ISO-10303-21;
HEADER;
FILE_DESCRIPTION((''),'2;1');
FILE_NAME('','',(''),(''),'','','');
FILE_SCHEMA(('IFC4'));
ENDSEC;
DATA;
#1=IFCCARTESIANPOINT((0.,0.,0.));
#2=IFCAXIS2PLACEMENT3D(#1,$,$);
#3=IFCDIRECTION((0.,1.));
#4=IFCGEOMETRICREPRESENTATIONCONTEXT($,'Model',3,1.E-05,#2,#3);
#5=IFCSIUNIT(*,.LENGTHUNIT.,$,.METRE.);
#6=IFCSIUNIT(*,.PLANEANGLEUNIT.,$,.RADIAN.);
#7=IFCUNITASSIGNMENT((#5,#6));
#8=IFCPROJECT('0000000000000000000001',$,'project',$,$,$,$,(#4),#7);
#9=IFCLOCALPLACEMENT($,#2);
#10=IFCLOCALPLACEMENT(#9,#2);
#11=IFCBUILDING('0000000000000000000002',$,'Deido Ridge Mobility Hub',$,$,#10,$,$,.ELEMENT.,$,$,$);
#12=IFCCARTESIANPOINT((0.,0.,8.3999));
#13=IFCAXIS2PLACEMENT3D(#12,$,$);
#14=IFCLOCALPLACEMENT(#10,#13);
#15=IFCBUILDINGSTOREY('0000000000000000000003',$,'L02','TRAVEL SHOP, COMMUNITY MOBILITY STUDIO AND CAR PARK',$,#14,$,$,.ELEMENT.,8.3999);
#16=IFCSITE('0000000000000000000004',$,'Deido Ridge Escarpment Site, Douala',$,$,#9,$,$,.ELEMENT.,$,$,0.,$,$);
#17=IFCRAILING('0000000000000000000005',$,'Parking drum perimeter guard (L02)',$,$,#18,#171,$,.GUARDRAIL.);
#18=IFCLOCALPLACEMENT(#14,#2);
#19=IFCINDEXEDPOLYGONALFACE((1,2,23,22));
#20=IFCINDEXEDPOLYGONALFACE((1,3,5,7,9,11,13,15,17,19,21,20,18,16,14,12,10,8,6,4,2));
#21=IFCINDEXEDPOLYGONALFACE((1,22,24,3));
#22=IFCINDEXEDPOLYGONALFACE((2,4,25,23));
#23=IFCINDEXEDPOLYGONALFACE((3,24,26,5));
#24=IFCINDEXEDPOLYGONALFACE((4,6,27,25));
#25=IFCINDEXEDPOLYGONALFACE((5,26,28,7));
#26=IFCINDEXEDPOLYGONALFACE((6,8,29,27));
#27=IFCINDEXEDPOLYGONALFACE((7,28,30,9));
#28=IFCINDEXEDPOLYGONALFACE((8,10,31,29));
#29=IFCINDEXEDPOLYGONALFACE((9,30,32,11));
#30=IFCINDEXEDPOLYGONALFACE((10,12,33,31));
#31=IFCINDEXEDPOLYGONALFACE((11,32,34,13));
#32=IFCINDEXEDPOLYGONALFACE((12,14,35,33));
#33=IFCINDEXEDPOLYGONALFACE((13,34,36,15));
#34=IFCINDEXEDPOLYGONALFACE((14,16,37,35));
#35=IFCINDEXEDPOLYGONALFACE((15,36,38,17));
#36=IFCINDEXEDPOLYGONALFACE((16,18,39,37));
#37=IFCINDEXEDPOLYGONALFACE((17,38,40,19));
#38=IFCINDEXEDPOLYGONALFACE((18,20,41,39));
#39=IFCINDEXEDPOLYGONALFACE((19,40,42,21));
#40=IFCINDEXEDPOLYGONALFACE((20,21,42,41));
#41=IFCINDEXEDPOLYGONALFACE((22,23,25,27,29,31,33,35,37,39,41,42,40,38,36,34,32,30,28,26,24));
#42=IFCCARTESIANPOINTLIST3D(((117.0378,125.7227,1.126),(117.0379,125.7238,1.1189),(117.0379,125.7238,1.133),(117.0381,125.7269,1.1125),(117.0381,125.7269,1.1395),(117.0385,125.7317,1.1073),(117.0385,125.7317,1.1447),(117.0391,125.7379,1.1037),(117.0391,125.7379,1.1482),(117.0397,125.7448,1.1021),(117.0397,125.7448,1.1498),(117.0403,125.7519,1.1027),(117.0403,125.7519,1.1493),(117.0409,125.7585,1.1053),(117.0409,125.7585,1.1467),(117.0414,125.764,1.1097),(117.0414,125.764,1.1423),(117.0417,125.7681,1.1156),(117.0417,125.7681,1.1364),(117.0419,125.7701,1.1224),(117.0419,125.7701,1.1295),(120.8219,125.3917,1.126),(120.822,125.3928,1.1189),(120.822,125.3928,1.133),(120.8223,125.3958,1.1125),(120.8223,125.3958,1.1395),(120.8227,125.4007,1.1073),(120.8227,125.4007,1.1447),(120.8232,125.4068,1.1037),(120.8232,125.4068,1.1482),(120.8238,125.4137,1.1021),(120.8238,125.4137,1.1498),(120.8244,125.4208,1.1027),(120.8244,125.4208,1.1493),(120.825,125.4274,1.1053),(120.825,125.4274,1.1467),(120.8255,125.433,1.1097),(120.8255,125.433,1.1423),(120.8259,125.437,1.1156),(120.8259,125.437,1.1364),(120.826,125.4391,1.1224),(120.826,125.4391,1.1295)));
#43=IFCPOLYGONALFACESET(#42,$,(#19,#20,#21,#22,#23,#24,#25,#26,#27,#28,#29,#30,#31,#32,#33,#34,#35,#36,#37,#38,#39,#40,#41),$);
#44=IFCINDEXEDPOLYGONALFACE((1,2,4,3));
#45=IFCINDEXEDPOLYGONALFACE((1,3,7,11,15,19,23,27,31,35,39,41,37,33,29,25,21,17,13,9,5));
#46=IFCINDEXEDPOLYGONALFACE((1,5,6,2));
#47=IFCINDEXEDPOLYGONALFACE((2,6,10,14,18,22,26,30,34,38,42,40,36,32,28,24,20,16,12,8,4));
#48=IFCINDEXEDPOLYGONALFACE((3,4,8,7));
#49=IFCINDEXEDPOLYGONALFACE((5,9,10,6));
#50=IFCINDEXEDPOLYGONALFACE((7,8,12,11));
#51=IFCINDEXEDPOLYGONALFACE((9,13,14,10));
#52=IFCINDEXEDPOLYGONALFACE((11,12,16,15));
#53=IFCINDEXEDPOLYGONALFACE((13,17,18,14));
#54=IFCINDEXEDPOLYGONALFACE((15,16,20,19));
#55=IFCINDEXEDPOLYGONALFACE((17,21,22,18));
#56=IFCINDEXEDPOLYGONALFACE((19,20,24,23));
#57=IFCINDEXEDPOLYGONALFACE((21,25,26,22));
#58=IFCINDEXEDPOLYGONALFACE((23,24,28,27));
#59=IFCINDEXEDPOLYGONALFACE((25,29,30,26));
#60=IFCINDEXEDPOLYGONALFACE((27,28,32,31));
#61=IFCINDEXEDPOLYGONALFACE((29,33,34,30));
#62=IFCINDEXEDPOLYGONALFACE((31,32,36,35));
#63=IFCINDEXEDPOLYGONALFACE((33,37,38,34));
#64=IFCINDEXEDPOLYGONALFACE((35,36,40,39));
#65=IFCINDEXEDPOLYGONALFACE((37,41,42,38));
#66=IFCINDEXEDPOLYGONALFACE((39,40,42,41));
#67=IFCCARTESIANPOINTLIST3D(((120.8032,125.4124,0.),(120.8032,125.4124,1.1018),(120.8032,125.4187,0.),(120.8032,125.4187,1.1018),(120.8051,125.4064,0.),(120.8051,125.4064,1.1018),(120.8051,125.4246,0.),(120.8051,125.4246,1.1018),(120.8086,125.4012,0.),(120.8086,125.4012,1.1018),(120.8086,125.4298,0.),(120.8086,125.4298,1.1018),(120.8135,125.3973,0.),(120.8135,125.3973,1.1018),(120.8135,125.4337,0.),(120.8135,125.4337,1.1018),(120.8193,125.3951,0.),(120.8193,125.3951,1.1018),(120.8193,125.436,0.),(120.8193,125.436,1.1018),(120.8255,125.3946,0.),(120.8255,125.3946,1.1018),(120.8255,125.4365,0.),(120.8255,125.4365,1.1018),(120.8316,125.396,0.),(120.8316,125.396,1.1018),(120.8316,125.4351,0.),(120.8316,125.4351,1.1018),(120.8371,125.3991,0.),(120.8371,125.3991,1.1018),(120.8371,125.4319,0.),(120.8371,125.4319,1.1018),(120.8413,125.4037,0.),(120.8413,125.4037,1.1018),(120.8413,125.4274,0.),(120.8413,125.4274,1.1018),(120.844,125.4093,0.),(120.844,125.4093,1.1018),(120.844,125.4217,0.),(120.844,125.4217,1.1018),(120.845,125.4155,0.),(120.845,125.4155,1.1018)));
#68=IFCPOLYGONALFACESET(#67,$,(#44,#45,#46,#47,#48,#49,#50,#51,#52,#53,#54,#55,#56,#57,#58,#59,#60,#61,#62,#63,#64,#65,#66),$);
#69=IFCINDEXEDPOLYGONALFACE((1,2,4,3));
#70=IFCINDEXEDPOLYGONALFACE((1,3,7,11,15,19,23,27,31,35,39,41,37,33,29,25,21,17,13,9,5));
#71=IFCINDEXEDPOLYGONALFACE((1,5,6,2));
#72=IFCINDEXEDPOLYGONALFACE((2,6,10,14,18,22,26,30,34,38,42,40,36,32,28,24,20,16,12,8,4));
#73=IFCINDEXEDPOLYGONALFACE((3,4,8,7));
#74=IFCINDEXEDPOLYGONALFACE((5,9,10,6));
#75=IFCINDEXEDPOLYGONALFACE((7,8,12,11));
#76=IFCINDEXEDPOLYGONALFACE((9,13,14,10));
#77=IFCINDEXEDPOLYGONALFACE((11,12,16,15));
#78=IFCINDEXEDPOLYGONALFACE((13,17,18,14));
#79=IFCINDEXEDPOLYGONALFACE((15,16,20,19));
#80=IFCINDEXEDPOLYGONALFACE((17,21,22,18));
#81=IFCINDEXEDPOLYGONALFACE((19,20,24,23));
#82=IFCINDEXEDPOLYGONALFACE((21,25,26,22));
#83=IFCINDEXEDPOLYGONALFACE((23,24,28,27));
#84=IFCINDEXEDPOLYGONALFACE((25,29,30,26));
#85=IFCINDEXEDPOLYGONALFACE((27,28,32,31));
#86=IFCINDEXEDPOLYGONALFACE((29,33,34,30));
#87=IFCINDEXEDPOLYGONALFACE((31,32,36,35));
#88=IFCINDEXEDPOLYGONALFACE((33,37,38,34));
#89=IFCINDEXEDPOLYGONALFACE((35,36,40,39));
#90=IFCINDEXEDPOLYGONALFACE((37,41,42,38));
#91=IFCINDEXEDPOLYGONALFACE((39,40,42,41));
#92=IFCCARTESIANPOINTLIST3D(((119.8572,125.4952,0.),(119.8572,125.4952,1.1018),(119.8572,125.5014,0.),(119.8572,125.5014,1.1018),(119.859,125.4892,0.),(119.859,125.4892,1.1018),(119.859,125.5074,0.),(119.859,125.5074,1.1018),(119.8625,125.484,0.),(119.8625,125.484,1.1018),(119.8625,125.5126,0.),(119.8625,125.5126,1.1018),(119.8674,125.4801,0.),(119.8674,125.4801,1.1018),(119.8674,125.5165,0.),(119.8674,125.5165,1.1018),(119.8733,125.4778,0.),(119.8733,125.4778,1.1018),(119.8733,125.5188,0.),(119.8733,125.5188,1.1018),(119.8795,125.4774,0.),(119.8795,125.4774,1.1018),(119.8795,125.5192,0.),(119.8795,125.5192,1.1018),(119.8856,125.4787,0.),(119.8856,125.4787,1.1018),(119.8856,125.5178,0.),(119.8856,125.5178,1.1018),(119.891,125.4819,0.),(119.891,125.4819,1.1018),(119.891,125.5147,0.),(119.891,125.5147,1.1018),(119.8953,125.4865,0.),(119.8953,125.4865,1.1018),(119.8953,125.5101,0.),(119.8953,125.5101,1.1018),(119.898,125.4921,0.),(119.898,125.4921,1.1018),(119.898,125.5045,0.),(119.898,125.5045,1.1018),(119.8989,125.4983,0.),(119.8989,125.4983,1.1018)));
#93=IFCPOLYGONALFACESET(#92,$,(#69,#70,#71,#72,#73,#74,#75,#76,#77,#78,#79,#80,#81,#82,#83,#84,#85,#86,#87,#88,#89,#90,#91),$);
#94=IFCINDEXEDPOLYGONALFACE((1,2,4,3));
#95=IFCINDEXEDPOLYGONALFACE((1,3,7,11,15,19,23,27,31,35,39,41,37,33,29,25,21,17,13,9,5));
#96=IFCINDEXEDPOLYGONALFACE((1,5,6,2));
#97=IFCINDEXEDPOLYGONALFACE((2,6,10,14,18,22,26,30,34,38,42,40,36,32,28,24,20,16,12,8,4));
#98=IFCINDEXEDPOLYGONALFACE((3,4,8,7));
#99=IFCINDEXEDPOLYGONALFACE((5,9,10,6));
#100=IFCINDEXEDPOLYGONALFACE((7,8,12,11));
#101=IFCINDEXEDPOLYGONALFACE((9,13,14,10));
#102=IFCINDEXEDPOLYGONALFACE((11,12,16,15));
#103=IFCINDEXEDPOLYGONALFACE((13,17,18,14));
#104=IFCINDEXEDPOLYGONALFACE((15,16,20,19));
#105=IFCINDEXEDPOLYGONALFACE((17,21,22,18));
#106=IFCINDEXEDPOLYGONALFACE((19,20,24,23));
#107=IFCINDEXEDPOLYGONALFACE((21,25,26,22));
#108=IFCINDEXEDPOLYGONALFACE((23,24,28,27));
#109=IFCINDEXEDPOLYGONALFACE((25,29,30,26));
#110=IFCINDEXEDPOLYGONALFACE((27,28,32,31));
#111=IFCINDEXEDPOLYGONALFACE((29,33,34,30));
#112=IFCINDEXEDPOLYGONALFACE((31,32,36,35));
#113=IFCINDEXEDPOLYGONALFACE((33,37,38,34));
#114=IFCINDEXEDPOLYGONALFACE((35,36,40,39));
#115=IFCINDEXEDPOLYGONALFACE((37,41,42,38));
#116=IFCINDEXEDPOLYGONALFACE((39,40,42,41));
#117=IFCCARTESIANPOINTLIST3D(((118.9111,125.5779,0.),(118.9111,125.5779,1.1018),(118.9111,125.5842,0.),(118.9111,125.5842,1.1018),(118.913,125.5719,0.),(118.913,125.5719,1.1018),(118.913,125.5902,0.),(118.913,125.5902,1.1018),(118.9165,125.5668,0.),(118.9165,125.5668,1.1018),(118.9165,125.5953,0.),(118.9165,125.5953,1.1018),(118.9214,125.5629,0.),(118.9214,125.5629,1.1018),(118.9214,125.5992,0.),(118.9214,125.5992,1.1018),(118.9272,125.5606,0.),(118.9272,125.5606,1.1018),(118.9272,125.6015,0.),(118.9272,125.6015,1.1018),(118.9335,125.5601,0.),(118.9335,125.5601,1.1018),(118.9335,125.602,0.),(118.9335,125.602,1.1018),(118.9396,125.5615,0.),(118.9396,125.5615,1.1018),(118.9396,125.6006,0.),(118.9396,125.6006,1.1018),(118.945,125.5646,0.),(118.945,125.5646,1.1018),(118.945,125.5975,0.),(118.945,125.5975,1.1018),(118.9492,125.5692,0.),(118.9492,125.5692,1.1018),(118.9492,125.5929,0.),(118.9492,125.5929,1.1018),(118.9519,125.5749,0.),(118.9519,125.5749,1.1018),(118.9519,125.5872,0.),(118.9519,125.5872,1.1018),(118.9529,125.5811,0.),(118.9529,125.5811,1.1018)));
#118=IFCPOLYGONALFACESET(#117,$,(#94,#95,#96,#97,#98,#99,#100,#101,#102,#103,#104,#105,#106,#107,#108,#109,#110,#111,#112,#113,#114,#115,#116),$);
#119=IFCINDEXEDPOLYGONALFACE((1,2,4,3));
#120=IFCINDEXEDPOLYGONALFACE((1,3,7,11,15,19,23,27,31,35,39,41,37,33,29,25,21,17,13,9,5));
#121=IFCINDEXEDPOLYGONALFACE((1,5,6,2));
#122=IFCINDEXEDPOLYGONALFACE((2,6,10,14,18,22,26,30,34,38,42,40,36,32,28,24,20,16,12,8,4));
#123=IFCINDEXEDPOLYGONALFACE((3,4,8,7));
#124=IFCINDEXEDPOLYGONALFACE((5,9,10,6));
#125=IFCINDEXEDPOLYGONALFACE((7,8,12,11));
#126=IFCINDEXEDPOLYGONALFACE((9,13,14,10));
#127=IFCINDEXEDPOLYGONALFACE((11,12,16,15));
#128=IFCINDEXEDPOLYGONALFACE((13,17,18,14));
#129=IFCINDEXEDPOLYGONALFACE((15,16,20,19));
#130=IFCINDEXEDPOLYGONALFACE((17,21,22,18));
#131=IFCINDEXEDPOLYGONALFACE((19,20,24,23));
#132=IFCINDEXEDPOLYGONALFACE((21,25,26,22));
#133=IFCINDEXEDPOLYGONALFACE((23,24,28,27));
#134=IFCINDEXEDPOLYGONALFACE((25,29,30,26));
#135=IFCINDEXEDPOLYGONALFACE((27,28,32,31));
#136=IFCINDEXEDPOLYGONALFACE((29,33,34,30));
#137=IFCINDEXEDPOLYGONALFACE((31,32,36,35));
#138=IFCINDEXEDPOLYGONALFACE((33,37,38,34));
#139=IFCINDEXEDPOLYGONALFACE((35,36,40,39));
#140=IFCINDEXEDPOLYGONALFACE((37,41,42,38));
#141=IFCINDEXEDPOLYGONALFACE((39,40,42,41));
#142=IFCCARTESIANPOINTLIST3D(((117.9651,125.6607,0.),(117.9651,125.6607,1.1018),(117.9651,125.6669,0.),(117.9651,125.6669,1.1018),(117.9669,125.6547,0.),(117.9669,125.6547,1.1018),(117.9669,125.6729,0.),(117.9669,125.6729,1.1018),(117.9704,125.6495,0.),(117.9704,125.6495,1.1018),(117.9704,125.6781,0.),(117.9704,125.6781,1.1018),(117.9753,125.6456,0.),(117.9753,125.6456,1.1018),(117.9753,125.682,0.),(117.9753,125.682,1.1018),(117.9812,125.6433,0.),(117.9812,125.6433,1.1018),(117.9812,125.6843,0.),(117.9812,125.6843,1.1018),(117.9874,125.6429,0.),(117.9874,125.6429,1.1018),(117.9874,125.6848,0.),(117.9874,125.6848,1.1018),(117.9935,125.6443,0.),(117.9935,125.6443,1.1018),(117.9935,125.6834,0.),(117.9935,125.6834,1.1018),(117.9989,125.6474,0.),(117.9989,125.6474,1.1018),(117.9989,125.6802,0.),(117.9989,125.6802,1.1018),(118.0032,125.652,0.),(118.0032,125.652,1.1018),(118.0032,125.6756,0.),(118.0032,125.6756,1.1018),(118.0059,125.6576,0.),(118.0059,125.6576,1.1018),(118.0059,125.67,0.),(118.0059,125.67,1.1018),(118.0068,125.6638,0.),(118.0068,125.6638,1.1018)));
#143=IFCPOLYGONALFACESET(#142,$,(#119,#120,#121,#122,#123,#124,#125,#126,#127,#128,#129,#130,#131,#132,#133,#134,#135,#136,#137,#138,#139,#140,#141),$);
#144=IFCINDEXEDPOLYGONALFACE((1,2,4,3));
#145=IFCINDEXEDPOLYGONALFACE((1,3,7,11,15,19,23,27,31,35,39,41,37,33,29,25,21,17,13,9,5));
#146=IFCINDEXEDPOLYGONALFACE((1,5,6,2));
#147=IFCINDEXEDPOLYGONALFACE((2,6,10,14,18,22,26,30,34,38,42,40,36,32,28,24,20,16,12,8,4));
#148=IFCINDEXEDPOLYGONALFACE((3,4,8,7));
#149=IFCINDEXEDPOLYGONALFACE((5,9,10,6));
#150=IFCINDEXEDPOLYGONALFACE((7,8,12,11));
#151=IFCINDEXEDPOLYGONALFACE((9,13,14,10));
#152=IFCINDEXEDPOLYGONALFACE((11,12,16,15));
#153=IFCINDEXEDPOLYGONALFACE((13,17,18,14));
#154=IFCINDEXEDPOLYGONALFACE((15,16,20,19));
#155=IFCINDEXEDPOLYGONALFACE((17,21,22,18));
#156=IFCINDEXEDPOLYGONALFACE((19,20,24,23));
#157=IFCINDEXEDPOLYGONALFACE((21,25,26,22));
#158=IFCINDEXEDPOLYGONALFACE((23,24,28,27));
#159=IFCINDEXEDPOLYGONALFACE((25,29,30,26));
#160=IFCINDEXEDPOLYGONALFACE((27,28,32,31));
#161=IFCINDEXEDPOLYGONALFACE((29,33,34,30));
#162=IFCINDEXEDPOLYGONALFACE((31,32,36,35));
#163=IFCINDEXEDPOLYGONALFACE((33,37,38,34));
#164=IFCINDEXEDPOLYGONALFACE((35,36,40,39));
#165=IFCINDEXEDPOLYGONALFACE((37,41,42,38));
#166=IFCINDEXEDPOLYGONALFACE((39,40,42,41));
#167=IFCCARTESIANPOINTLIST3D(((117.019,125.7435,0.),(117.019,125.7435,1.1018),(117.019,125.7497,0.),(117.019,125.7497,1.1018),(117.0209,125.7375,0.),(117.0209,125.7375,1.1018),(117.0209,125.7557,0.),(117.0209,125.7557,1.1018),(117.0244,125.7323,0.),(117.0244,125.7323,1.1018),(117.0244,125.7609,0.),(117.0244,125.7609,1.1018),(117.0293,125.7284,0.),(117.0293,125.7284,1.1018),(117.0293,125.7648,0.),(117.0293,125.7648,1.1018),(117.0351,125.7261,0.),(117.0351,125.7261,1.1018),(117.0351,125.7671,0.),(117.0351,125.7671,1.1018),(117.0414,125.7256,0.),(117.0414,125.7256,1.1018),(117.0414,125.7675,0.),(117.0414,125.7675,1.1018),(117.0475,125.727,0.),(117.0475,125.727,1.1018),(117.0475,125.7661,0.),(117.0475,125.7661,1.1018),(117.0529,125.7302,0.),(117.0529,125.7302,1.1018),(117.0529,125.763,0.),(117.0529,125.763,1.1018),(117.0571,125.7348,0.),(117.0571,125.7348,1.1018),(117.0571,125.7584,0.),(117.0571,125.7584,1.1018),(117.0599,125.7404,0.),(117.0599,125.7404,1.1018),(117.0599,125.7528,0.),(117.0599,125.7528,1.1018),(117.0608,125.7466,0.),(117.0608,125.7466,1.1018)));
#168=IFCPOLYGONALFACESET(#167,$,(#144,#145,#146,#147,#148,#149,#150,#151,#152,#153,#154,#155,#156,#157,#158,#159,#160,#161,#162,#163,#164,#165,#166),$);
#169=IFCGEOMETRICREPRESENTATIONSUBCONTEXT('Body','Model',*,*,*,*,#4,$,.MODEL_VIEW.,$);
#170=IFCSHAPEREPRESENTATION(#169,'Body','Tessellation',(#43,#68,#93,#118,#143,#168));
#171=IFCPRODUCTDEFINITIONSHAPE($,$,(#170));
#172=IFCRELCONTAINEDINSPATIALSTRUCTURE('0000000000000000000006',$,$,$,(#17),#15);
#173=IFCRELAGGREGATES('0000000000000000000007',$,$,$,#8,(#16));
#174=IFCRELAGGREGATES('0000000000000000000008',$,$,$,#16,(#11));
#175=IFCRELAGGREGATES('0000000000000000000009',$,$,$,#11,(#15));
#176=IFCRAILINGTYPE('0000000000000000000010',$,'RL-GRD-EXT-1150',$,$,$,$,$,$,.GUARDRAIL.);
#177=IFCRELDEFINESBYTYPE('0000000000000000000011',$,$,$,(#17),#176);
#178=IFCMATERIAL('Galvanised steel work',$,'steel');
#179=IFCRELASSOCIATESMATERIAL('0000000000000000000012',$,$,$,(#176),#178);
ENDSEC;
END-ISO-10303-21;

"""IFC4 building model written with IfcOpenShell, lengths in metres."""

from ifc_helpers import new_model, si_unit, direction, frame, origin, origin_2d, place, context, subcontext, project, spatial, circle, extrude, material, type_object, element, save


model = new_model("IFC4")

# Units and contexts
model_context = context("Model", 3, precision=1e-05, world=origin(), true_north=direction((0.0, 1.0)))
body_context = subcontext(model_context, "Body", "Model", "MODEL_VIEW")
ifc_project = project(units=[si_unit("LENGTHUNIT", "METRE"), si_unit("PLANEANGLEUNIT", "RADIAN")], contexts=[model_context])

# Site, building, storey
site_placement = place(None, origin())
site = spatial("IfcSite", under=ifc_project, at=site_placement, Name="Deido Ridge Escarpment Site, Douala", CompositionType="ELEMENT", RefElevation=0.0)
building_placement = place(site_placement, origin())
building = spatial("IfcBuilding", under=site, at=building_placement, Name="Deido Ridge Mobility Hub", CompositionType="ELEMENT")
storey_placement = place(building_placement, frame((0.0, 0.0, 8.3999)))
storey = spatial("IfcBuildingStorey", under=building, at=storey_placement, Name="L02", Description="TRAVEL SHOP, COMMUNITY MOBILITY STUDIO AND CAR PARK", CompositionType="ELEMENT", Elevation=8.3999)

# Railing
ifc_material_1 = material(Name="Galvanised steel work", Category="steel")
railing_type = type_object("IfcRailingType", Name="RL-GRD-EXT-1150", PredefinedType="GUARDRAIL", material=ifc_material_1)
railing_1_placement = place(storey_placement, frame((120.824, 125.4155, 0.0)))
element("IfcRailing", 1, at=railing_1_placement, inside=storey, type_object=railing_type, Name="Parking drum perimeter guard (L02)", PredefinedType="GUARDRAIL", context=body_context, shape_type="SweptSolid", body=[
    extrude(circle(Radius=0.0239, at=origin_2d()), frame((0.0, 0.0, 1.126), z_axis=(-0.996195, 0.087151, 0.0), x_axis=(-0.087151, -0.996195, 0.0)), (0.0, 0.0, 1.0), 3.7986),
    extrude(circle(Radius=0.021, at=origin_2d()), origin(), (0.0, 0.0, 1.0), 1.1018),
    extrude(circle(Radius=0.021, at=origin_2d()), frame((-0.946, 0.0828, 0.0)), (0.0, 0.0, 1.0), 1.1018),
    extrude(circle(Radius=0.021, at=origin_2d()), frame((-1.8921, 0.1655, 0.0)), (0.0, 0.0, 1.0), 1.1018),
    extrude(circle(Radius=0.021, at=origin_2d()), frame((-2.8381, 0.2483, 0.0)), (0.0, 0.0, 1.0), 1.1018),
    extrude(circle(Radius=0.021, at=origin_2d()), frame((-3.7842, 0.3311, 0.0)), (0.0, 0.0, 1.0), 1.1018),
])

save(model, "model.ifc")
